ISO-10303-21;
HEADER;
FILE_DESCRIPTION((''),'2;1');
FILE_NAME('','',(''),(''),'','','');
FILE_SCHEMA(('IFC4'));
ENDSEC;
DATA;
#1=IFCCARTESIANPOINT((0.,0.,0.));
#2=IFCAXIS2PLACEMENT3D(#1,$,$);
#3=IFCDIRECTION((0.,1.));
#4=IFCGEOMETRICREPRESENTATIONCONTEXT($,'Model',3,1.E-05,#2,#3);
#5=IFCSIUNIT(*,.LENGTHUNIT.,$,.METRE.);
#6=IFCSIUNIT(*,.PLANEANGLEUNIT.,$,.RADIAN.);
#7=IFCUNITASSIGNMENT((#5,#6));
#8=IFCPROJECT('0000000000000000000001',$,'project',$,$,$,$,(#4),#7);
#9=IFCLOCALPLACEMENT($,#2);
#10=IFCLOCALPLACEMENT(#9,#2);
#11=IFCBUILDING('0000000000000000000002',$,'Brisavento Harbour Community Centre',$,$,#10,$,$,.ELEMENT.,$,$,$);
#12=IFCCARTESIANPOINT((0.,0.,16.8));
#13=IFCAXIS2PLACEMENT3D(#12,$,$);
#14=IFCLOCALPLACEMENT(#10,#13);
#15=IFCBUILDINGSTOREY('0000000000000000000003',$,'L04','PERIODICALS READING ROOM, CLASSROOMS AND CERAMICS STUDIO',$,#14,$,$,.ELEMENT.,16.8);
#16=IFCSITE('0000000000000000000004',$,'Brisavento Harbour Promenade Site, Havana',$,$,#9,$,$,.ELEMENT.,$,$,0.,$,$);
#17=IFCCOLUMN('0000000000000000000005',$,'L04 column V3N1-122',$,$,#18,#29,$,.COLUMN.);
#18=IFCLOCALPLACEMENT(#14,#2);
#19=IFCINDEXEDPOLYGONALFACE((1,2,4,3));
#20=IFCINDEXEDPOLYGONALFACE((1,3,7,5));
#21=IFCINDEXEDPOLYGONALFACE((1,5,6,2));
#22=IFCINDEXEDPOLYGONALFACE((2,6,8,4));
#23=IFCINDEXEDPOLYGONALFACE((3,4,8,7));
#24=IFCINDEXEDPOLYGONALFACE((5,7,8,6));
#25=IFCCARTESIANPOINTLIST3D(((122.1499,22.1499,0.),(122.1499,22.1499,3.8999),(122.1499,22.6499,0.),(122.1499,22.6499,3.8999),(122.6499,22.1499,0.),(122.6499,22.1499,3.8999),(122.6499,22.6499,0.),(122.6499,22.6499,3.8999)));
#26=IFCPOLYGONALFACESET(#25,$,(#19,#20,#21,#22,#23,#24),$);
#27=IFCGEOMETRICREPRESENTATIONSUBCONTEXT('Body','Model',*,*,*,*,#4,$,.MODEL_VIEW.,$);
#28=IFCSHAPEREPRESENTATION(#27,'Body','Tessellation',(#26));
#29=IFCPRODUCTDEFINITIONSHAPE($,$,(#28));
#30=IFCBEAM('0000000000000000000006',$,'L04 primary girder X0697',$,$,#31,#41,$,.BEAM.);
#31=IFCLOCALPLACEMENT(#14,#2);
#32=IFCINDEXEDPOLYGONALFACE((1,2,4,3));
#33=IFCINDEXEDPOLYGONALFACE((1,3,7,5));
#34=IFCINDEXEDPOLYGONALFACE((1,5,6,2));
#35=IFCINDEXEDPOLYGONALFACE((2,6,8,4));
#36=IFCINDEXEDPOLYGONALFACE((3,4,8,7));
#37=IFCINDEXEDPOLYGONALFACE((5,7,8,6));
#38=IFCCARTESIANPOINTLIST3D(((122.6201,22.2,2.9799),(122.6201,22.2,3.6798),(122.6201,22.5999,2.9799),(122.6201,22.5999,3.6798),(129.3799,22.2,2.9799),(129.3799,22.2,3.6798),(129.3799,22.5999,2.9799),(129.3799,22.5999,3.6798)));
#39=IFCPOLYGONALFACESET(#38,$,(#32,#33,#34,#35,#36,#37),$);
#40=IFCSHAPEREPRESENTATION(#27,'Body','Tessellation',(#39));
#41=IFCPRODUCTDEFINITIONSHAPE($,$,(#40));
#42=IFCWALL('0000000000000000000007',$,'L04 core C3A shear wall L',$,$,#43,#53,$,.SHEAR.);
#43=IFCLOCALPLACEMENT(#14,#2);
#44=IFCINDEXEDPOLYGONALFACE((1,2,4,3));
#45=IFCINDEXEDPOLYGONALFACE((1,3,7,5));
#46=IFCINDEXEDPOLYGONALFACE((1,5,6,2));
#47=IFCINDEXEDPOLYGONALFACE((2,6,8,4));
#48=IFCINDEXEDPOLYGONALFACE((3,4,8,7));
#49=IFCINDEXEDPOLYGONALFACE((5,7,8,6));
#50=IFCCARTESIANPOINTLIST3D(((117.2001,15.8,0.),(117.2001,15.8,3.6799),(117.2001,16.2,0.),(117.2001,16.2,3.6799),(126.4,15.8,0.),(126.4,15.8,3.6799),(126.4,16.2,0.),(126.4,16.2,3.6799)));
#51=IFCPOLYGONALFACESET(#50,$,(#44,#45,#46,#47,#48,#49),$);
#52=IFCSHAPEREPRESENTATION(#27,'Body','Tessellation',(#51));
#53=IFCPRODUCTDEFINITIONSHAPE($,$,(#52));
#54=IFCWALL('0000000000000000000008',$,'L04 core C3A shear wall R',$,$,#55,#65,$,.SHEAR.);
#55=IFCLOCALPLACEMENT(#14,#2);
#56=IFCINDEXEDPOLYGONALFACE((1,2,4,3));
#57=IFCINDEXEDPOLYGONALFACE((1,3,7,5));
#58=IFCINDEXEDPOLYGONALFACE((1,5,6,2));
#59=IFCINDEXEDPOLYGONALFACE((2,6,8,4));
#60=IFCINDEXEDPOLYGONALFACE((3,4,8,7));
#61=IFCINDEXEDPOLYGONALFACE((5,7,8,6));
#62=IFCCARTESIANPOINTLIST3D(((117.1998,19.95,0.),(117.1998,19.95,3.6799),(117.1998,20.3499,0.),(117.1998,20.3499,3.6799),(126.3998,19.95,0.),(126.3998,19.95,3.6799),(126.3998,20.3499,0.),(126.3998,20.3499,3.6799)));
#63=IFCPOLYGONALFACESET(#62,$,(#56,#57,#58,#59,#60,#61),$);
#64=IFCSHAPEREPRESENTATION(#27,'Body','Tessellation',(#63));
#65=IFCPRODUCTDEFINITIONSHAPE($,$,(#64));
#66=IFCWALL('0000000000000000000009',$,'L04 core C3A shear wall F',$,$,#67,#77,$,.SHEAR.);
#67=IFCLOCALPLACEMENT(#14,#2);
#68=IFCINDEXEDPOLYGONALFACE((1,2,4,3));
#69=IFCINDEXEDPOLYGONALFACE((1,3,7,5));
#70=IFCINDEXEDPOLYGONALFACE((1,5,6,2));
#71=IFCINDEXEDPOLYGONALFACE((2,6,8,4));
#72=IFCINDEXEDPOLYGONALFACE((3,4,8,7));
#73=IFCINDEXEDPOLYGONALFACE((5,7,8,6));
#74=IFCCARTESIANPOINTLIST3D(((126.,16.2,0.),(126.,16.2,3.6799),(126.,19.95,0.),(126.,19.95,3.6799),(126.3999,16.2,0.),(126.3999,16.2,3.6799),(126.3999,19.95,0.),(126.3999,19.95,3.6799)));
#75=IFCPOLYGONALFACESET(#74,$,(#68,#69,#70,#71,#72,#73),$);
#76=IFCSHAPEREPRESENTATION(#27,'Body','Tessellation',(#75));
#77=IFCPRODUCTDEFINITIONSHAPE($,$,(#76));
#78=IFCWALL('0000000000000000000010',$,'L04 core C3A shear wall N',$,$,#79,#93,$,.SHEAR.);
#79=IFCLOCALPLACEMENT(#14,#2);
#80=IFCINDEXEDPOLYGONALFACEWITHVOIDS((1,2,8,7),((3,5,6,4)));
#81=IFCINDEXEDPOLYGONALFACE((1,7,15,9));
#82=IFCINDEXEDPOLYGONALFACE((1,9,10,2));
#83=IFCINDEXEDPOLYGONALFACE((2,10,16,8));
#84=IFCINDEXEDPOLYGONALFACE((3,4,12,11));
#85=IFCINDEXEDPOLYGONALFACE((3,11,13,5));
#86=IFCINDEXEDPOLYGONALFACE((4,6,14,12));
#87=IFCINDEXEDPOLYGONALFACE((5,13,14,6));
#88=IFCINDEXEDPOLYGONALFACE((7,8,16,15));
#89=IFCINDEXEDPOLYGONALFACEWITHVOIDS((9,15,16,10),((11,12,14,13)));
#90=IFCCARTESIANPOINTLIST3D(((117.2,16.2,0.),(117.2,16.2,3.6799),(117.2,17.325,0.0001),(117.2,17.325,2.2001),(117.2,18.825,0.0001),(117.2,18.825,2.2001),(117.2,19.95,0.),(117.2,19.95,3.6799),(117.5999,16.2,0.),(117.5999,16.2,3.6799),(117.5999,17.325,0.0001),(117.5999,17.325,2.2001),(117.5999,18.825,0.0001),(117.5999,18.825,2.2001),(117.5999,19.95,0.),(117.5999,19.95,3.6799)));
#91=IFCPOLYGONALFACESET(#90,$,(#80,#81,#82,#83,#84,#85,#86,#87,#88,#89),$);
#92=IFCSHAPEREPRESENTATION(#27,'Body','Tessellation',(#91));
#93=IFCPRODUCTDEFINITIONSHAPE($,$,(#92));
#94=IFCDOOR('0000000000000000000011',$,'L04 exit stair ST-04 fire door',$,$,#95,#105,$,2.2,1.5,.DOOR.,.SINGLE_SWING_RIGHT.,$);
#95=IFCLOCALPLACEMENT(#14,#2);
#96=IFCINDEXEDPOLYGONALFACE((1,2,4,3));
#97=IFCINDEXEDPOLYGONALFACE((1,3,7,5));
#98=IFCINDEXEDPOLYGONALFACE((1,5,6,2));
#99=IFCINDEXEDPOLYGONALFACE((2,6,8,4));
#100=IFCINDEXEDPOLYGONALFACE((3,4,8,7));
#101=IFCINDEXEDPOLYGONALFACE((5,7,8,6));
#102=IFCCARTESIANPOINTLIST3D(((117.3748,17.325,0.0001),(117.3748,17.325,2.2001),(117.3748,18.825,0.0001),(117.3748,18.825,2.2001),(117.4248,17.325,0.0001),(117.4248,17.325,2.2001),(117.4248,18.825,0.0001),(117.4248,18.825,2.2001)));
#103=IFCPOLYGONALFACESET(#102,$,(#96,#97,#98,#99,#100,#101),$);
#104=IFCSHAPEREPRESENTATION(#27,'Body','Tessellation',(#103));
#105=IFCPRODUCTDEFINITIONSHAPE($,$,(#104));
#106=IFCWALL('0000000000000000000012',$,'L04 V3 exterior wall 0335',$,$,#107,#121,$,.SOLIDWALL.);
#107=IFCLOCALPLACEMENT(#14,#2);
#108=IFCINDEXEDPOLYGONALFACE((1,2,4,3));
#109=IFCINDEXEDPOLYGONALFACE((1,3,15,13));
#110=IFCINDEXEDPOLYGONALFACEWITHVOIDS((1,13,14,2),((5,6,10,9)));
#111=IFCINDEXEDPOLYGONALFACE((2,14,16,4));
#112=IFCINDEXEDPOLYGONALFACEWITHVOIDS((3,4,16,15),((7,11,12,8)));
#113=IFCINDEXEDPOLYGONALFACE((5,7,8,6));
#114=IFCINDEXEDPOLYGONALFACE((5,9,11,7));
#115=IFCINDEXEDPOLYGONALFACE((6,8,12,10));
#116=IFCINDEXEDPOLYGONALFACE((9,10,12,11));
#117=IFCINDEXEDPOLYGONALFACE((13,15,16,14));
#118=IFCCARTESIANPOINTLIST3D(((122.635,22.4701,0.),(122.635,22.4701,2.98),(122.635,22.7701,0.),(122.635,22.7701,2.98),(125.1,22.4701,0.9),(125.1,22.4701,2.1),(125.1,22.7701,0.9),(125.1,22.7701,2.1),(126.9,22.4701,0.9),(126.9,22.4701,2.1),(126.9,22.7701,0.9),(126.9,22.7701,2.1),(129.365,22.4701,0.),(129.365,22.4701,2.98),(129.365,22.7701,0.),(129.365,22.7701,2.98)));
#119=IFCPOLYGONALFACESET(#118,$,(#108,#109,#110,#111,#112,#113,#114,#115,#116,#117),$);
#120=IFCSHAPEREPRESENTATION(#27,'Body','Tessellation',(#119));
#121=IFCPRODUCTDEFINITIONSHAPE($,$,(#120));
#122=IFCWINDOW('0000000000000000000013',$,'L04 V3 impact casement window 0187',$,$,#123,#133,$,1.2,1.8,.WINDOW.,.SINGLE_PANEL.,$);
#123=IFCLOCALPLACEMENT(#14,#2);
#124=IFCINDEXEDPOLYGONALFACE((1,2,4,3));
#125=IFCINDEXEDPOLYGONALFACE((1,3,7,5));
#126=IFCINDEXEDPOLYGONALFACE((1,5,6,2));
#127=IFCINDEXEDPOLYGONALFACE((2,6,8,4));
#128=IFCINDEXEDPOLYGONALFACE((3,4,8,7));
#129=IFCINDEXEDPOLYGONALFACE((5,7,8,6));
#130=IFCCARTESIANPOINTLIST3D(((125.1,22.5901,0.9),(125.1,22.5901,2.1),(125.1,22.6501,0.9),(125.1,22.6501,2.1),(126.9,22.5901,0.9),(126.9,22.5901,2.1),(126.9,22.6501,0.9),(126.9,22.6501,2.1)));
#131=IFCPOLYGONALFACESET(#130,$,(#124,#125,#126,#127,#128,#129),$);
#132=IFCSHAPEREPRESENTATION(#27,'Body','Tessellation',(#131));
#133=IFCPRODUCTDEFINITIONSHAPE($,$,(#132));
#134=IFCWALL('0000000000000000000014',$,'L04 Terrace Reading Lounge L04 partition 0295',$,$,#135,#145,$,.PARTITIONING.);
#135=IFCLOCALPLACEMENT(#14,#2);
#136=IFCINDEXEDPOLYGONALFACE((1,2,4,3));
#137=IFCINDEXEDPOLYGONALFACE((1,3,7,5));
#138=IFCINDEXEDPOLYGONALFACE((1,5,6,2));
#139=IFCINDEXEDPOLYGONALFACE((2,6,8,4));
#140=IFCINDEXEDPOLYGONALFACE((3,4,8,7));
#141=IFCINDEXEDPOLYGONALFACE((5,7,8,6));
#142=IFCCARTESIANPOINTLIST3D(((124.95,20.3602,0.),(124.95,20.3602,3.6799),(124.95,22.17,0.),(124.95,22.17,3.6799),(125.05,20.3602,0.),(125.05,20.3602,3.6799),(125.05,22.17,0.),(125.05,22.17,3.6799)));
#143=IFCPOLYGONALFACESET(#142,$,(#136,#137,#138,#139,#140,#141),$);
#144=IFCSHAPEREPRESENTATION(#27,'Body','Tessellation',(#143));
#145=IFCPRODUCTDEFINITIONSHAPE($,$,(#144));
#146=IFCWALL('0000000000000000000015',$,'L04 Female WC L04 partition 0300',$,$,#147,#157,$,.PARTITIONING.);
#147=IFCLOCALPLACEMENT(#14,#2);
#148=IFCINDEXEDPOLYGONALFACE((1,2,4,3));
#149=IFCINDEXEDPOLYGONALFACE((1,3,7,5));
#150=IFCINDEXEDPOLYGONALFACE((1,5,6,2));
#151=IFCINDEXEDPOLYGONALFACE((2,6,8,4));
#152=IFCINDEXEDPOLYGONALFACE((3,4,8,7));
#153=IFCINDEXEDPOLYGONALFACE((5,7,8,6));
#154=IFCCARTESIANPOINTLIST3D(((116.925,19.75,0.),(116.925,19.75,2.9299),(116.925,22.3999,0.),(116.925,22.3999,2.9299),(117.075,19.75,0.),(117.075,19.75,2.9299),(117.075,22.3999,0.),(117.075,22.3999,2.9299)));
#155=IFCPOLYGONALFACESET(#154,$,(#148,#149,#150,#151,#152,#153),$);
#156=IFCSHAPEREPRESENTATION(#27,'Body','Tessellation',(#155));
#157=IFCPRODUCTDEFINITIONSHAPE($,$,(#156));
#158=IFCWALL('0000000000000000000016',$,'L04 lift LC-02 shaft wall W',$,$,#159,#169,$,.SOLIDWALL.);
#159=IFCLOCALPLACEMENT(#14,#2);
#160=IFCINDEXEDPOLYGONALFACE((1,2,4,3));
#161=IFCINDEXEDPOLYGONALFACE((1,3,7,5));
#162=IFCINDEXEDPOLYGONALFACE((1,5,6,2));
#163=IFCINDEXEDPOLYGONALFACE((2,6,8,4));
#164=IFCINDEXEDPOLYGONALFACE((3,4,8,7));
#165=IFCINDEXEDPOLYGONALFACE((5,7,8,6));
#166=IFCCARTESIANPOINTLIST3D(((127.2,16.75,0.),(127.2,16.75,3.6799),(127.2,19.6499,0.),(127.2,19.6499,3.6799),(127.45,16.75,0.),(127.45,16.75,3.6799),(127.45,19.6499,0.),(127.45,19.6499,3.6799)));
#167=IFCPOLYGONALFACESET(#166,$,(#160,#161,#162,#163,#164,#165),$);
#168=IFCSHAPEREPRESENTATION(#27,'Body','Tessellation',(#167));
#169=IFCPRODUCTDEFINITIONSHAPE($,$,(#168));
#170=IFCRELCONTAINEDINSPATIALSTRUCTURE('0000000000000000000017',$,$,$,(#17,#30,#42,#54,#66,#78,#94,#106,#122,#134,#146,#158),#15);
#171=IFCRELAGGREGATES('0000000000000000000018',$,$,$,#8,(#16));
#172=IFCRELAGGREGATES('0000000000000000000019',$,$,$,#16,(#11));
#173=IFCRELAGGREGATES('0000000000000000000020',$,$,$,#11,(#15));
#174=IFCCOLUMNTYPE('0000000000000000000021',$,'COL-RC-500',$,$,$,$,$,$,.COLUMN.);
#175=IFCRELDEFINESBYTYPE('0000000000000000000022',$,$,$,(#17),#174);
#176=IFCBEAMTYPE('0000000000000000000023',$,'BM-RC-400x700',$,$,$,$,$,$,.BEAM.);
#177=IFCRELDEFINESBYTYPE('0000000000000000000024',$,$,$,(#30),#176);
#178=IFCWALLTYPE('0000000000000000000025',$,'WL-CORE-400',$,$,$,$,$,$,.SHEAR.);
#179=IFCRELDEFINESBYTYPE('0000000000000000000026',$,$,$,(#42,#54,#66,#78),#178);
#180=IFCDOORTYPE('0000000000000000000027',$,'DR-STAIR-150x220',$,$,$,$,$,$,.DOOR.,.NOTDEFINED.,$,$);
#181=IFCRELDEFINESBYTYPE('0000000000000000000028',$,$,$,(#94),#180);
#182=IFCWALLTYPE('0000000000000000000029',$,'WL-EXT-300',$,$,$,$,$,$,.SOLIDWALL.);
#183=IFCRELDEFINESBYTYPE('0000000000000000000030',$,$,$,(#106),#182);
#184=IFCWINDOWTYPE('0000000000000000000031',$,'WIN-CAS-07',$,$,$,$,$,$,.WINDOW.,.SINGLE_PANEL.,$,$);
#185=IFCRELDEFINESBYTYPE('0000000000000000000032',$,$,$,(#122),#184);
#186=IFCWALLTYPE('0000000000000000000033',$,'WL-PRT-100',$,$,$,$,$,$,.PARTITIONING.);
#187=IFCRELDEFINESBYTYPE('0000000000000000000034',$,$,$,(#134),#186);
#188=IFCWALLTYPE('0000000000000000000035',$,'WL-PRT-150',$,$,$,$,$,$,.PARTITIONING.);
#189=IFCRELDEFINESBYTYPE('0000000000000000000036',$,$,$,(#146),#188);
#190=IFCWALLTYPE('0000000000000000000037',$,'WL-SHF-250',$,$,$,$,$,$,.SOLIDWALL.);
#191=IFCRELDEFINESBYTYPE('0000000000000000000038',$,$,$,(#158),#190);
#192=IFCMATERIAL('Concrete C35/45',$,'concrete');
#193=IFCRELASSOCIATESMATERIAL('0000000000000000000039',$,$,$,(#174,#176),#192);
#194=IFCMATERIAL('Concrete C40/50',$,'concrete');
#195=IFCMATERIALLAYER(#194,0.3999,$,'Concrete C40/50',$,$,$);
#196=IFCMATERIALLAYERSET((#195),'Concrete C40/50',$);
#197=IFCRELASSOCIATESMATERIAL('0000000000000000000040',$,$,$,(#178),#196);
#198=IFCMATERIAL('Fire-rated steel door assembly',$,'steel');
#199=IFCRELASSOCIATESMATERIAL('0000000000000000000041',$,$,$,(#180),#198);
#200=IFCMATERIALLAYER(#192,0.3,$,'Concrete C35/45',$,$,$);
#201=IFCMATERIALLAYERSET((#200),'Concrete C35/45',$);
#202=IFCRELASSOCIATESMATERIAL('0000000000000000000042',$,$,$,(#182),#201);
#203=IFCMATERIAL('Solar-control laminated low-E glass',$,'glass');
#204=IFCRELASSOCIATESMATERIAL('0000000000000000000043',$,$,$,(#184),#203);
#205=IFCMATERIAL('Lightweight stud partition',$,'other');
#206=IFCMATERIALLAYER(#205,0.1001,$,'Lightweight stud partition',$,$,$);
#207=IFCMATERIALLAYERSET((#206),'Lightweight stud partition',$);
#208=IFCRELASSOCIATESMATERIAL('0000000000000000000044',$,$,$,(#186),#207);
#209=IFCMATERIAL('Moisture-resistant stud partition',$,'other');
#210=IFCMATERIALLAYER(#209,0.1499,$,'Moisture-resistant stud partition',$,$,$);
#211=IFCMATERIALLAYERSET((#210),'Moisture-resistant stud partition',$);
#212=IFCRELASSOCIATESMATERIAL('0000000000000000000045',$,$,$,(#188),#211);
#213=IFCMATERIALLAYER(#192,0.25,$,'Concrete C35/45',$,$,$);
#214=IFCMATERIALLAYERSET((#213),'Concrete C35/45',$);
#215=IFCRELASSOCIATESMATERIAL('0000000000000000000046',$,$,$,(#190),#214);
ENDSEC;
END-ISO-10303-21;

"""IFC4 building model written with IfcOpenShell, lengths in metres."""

from ifc_helpers import new_model, si_unit, direction, frame, frame_2d, origin, origin_2d, place, context, subcontext, project, spatial, rectangle, extrude, material, layer, layer_set, material_profile, profile_set, type_object, element, fill, save


model = new_model("IFC4")

# Units and contexts
model_context = context("Model", 3, precision=1e-05, world=origin(), true_north=direction((0.0, 1.0)))
body_context = subcontext(model_context, "Body", "Model", "MODEL_VIEW")
ifc_project = project(units=[si_unit("LENGTHUNIT", "METRE"), si_unit("PLANEANGLEUNIT", "RADIAN")], contexts=[model_context])

# Site, building, storey
site_placement = place(None, origin())
site = spatial("IfcSite", under=ifc_project, at=site_placement, Name="Brisavento Harbour Promenade Site, Havana", CompositionType="ELEMENT", RefElevation=0.0)
building_placement = place(site_placement, origin())
building = spatial("IfcBuilding", under=site, at=building_placement, Name="Brisavento Harbour Community Centre", CompositionType="ELEMENT")
storey_placement = place(building_placement, frame((0.0, 0.0, 16.8)))
storey = spatial("IfcBuildingStorey", under=building, at=storey_placement, Name="L04", Description="PERIODICALS READING ROOM, CLASSROOMS AND CERAMICS STUDIO", CompositionType="ELEMENT", Elevation=16.8)

# Column
ifc_material_1 = material(Name="Concrete C35/45", Category="concrete")
ifc_material_profile_1 = material_profile(ifc_material_1, rectangle(XDim=0.5, YDim=0.5, at=origin_2d()), Name="Concrete C35/45")
ifc_profile_set_1 = profile_set([ifc_material_profile_1], Name="Concrete C35/45")
column_type = type_object("IfcColumnType", Name="COL-RC-500", PredefinedType="COLUMN", material=ifc_profile_set_1)
column_placement = place(storey_placement, frame((122.3999, 22.3999, 0.0), z_axis=(0.0, 0.0, 1.0), x_axis=(1.0, 0.0, 0.0)))
element("IfcColumn", 1, at=column_placement, inside=storey, type_object=column_type, Name="L04 column V3N1-122", PredefinedType="COLUMN", context=body_context, shape_type="SweptSolid", body=[
    extrude(rectangle(XDim=0.5, YDim=0.5, at=origin_2d()), origin(), (0.0, 0.0, 1.0), 3.8999),
])

# Beam
ifc_material_profile_2 = material_profile(ifc_material_1, rectangle(XDim=0.3999, YDim=0.7, at=origin_2d()), Name="Concrete C35/45")
ifc_profile_set_2 = profile_set([ifc_material_profile_2], Name="Concrete C35/45")
beam_type = type_object("IfcBeamType", Name="BM-RC-400x700", PredefinedType="BEAM", material=ifc_profile_set_2)
beam_placement = place(storey_placement, frame((122.6201, 22.3999, 3.3298), z_axis=(1.0, 0.0, 0.0), x_axis=(0.0, 1.0, 0.0)))
element("IfcBeam", 2, at=beam_placement, inside=storey, type_object=beam_type, Name="L04 primary girder X0697", PredefinedType="BEAM", context=body_context, shape_type="SweptSolid", body=[
    extrude(rectangle(XDim=0.3999, YDim=0.7, at=origin_2d()), origin(), (0.0, 0.0, 1.0), 6.7598),
])

# Walls
ifc_material_2 = material(Name="Concrete C40/50", Category="concrete")
ifc_layer_1 = layer(ifc_material_2, 0.3999, Name="Concrete C40/50")
ifc_layer_set_1 = layer_set([ifc_layer_1], Name="Concrete C40/50")
wall_type_1 = type_object("IfcWallType", Name="WL-CORE-400", PredefinedType="SHEAR", material=ifc_layer_set_1)
for number, where, z_axis, x_axis, name in (
    (3, (117.2, 16.0, 0.0), (0.0, 0.0, 1.0), (1.0, 0.0, 0.0), "L04 core C3A shear wall L"),
    (4, (126.3999, 20.1499, 0.0), (0.0, 0.0, 1.0), (-1.0, 0.0, 0.0), "L04 core C3A shear wall R"),
):
    element("IfcWall", number, at=place(storey_placement, frame(where, z_axis=z_axis, x_axis=x_axis)), inside=storey, type_object=wall_type_1, Name=name, PredefinedType="SHEAR", context=body_context, shape_type="SweptSolid", body=[
        extrude(rectangle(XDim=9.2, YDim=0.3999, at=frame_2d((4.6001, 0.0))), origin(), (0.0, 0.0, 1.0), 3.6799),
    ])
wall_1_placement = place(storey_placement, frame((126.2, 16.2, 0.0), z_axis=(0.0, 0.0, 1.0), x_axis=(0.0, 1.0, 0.0)))
element("IfcWall", 5, at=wall_1_placement, inside=storey, type_object=wall_type_1, Name="L04 core C3A shear wall F", PredefinedType="SHEAR", context=body_context, shape_type="SweptSolid", body=[
    extrude(rectangle(XDim=3.75, YDim=0.3999, at=frame_2d((1.875, 0.0))), origin(), (0.0, 0.0, 1.0), 3.6799),
])

# Wall, opening, door
wall_2_placement = place(storey_placement, frame((117.3999, 19.95, 0.0), z_axis=(0.0, 0.0, 1.0), x_axis=(0.0, -1.0, 0.0)))
wall_2 = element("IfcWall", 6, at=wall_2_placement, inside=storey, type_object=wall_type_1, Name="L04 core C3A shear wall N", PredefinedType="SHEAR", context=body_context, shape_type="SweptSolid", body=[
    extrude(rectangle(XDim=3.75, YDim=0.3999, at=frame_2d((1.875, 0.0))), origin(), (0.0, 0.0, 1.0), 3.6799),
])
opening_1_placement = place(wall_2_placement, frame((1.125, 0.0, 0.0)))
opening_1 = element("IfcOpeningElement", 7, at=opening_1_placement, cuts=wall_2, PredefinedType="OPENING", context=body_context, shape_type="SweptSolid", body=[
    extrude(rectangle(XDim=1.5, YDim=2.2, at=frame_2d((0.75, 1.1001))), frame((0.0, 0.21, 0.0), z_axis=(0.0, -1.0, 0.0), x_axis=(1.0, 0.0, 0.0)), (0.0, 0.0, 1.0), 0.4199),
])
ifc_material_3 = material(Name="Fire-rated steel door assembly", Category="steel")
door_type_1 = type_object("IfcDoorType", Name="DR-STAIR-150x220", OperationType="NOTDEFINED", PredefinedType="DOOR", material=ifc_material_3)
door_1_placement = place(opening_1_placement, origin())
door_1 = element("IfcDoor", 8, at=door_1_placement, inside=storey, type_object=door_type_1, Name="L04 exit stair ST-04 fire door", OperationType="SINGLE_SWING_RIGHT", OverallHeight=2.2, OverallWidth=1.5, PredefinedType="DOOR", context=body_context, shape_type="SweptSolid", body=[
    extrude(rectangle(XDim=1.5, YDim=2.2, at=frame_2d((0.75, 1.1001))), frame((0.0, 0.0249, 0.0), z_axis=(0.0, -1.0, 0.0), x_axis=(1.0, 0.0, 0.0)), (0.0, 0.0, 1.0), 0.05),
])
fill(opening_1, door_1)

# Wall, opening, window
ifc_layer_2 = layer(ifc_material_1, 0.3, Name="Concrete C35/45")
ifc_layer_set_2 = layer_set([ifc_layer_2], Name="Concrete C35/45")
wall_type_2 = type_object("IfcWallType", Name="WL-EXT-300", PredefinedType="SOLIDWALL", material=ifc_layer_set_2)
wall_3_placement = place(storey_placement, frame((122.635, 22.6201, 0.0), z_axis=(0.0, 0.0, 1.0), x_axis=(1.0, 0.0, 0.0)))
wall_3 = element("IfcWall", 9, at=wall_3_placement, inside=storey, type_object=wall_type_2, Name="L04 V3 exterior wall 0335", PredefinedType="SOLIDWALL", context=body_context, shape_type="SweptSolid", body=[
    extrude(rectangle(XDim=6.73, YDim=0.3, at=frame_2d((3.365, 0.0))), origin(), (0.0, 0.0, 1.0), 2.98),
])
opening_2_placement = place(wall_3_placement, frame((2.4651, 0.0, 0.8999)))
opening_2 = element("IfcOpeningElement", 10, at=opening_2_placement, cuts=wall_3, PredefinedType="OPENING", context=body_context, shape_type="SweptSolid", body=[
    extrude(rectangle(XDim=1.8, YDim=1.2, at=frame_2d((0.8999, 0.6001))), frame((0.0, 0.1602, 0.0), z_axis=(0.0, -1.0, 0.0), x_axis=(1.0, 0.0, 0.0)), (0.0, 0.0, 1.0), 0.3201),
])
ifc_material_4 = material(Name="Solar-control laminated low-E glass", Category="glass")
window_type = type_object("IfcWindowType", Name="WIN-CAS-07", PartitioningType="SINGLE_PANEL", PredefinedType="WINDOW", material=ifc_material_4)
window_placement = place(opening_2_placement, origin())
window = element("IfcWindow", 11, at=window_placement, inside=storey, type_object=window_type, Name="L04 V3 impact casement window 0187", OverallHeight=1.2, OverallWidth=1.8, PartitioningType="SINGLE_PANEL", PredefinedType="WINDOW", context=body_context, shape_type="SweptSolid", body=[
    extrude(rectangle(XDim=1.8, YDim=1.2, at=frame_2d((0.8999, 0.6001))), frame((0.0, 0.03, 0.0), z_axis=(0.0, -1.0, 0.0), x_axis=(1.0, 0.0, 0.0)), (0.0, 0.0, 1.0), 0.0601),
])
fill(opening_2, window)

# Walls
ifc_material_5 = material(Name="Lightweight stud partition", Category="other")
ifc_layer_3 = layer(ifc_material_5, 0.1001, Name="Lightweight stud partition")
ifc_layer_set_3 = layer_set([ifc_layer_3], Name="Lightweight stud partition")
wall_type_3 = type_object("IfcWallType", Name="WL-PRT-100", PredefinedType="PARTITIONING", material=ifc_layer_set_3)
wall_4_placement = place(storey_placement, frame((125.0, 22.1699, 0.0), z_axis=(0.0, 0.0, 1.0), x_axis=(0.0, -1.0, 0.0)))
element("IfcWall", 12, at=wall_4_placement, inside=storey, type_object=wall_type_3, Name="L04 Terrace Reading Lounge L04 partition 0295", PredefinedType="PARTITIONING", context=body_context, shape_type="SweptSolid", body=[
    extrude(rectangle(XDim=1.8098, YDim=0.1001, at=frame_2d((0.9048, 0.0))), origin(), (0.0, 0.0, 1.0), 3.6799),
])
ifc_material_6 = material(Name="Moisture-resistant stud partition", Category="other")
ifc_layer_4 = layer(ifc_material_6, 0.1499, Name="Moisture-resistant stud partition")
ifc_layer_set_4 = layer_set([ifc_layer_4], Name="Moisture-resistant stud partition")
wall_type_4 = type_object("IfcWallType", Name="WL-PRT-150", PredefinedType="PARTITIONING", material=ifc_layer_set_4)
wall_5_placement = place(storey_placement, frame((117.0, 19.75, 0.0), z_axis=(0.0, 0.0, 1.0), x_axis=(0.0, 1.0, 0.0)))
element("IfcWall", 13, at=wall_5_placement, inside=storey, type_object=wall_type_4, Name="L04 Female WC L04 partition 0300", PredefinedType="PARTITIONING", context=body_context, shape_type="SweptSolid", body=[
    extrude(rectangle(XDim=2.6499, YDim=0.1499, at=frame_2d((1.325, 0.0))), origin(), (0.0, 0.0, 1.0), 2.9299),
])
ifc_layer_5 = layer(ifc_material_1, 0.25, Name="Concrete C35/45")
ifc_layer_set_5 = layer_set([ifc_layer_5], Name="Concrete C35/45")
wall_type_5 = type_object("IfcWallType", Name="WL-SHF-250", PredefinedType="SOLIDWALL", material=ifc_layer_set_5)
for number, where, z_axis, x_axis, name in (
    (14, (127.325, 16.75, 0.0), (0.0, 0.0, 1.0), (0.0, 1.0, 0.0), "L04 lift LC-02 shaft wall W"),
):
    element("IfcWall", number, at=place(storey_placement, frame(where, z_axis=z_axis, x_axis=x_axis)), inside=storey, type_object=wall_type_5, Name=name, PredefinedType="SOLIDWALL", context=body_context, shape_type="SweptSolid", body=[
        extrude(rectangle(XDim=2.8999, YDim=0.25, at=frame_2d((1.45, 0.0))), origin(), (0.0, 0.0, 1.0), 3.6799),
    ])

save(model, "model.ifc")
